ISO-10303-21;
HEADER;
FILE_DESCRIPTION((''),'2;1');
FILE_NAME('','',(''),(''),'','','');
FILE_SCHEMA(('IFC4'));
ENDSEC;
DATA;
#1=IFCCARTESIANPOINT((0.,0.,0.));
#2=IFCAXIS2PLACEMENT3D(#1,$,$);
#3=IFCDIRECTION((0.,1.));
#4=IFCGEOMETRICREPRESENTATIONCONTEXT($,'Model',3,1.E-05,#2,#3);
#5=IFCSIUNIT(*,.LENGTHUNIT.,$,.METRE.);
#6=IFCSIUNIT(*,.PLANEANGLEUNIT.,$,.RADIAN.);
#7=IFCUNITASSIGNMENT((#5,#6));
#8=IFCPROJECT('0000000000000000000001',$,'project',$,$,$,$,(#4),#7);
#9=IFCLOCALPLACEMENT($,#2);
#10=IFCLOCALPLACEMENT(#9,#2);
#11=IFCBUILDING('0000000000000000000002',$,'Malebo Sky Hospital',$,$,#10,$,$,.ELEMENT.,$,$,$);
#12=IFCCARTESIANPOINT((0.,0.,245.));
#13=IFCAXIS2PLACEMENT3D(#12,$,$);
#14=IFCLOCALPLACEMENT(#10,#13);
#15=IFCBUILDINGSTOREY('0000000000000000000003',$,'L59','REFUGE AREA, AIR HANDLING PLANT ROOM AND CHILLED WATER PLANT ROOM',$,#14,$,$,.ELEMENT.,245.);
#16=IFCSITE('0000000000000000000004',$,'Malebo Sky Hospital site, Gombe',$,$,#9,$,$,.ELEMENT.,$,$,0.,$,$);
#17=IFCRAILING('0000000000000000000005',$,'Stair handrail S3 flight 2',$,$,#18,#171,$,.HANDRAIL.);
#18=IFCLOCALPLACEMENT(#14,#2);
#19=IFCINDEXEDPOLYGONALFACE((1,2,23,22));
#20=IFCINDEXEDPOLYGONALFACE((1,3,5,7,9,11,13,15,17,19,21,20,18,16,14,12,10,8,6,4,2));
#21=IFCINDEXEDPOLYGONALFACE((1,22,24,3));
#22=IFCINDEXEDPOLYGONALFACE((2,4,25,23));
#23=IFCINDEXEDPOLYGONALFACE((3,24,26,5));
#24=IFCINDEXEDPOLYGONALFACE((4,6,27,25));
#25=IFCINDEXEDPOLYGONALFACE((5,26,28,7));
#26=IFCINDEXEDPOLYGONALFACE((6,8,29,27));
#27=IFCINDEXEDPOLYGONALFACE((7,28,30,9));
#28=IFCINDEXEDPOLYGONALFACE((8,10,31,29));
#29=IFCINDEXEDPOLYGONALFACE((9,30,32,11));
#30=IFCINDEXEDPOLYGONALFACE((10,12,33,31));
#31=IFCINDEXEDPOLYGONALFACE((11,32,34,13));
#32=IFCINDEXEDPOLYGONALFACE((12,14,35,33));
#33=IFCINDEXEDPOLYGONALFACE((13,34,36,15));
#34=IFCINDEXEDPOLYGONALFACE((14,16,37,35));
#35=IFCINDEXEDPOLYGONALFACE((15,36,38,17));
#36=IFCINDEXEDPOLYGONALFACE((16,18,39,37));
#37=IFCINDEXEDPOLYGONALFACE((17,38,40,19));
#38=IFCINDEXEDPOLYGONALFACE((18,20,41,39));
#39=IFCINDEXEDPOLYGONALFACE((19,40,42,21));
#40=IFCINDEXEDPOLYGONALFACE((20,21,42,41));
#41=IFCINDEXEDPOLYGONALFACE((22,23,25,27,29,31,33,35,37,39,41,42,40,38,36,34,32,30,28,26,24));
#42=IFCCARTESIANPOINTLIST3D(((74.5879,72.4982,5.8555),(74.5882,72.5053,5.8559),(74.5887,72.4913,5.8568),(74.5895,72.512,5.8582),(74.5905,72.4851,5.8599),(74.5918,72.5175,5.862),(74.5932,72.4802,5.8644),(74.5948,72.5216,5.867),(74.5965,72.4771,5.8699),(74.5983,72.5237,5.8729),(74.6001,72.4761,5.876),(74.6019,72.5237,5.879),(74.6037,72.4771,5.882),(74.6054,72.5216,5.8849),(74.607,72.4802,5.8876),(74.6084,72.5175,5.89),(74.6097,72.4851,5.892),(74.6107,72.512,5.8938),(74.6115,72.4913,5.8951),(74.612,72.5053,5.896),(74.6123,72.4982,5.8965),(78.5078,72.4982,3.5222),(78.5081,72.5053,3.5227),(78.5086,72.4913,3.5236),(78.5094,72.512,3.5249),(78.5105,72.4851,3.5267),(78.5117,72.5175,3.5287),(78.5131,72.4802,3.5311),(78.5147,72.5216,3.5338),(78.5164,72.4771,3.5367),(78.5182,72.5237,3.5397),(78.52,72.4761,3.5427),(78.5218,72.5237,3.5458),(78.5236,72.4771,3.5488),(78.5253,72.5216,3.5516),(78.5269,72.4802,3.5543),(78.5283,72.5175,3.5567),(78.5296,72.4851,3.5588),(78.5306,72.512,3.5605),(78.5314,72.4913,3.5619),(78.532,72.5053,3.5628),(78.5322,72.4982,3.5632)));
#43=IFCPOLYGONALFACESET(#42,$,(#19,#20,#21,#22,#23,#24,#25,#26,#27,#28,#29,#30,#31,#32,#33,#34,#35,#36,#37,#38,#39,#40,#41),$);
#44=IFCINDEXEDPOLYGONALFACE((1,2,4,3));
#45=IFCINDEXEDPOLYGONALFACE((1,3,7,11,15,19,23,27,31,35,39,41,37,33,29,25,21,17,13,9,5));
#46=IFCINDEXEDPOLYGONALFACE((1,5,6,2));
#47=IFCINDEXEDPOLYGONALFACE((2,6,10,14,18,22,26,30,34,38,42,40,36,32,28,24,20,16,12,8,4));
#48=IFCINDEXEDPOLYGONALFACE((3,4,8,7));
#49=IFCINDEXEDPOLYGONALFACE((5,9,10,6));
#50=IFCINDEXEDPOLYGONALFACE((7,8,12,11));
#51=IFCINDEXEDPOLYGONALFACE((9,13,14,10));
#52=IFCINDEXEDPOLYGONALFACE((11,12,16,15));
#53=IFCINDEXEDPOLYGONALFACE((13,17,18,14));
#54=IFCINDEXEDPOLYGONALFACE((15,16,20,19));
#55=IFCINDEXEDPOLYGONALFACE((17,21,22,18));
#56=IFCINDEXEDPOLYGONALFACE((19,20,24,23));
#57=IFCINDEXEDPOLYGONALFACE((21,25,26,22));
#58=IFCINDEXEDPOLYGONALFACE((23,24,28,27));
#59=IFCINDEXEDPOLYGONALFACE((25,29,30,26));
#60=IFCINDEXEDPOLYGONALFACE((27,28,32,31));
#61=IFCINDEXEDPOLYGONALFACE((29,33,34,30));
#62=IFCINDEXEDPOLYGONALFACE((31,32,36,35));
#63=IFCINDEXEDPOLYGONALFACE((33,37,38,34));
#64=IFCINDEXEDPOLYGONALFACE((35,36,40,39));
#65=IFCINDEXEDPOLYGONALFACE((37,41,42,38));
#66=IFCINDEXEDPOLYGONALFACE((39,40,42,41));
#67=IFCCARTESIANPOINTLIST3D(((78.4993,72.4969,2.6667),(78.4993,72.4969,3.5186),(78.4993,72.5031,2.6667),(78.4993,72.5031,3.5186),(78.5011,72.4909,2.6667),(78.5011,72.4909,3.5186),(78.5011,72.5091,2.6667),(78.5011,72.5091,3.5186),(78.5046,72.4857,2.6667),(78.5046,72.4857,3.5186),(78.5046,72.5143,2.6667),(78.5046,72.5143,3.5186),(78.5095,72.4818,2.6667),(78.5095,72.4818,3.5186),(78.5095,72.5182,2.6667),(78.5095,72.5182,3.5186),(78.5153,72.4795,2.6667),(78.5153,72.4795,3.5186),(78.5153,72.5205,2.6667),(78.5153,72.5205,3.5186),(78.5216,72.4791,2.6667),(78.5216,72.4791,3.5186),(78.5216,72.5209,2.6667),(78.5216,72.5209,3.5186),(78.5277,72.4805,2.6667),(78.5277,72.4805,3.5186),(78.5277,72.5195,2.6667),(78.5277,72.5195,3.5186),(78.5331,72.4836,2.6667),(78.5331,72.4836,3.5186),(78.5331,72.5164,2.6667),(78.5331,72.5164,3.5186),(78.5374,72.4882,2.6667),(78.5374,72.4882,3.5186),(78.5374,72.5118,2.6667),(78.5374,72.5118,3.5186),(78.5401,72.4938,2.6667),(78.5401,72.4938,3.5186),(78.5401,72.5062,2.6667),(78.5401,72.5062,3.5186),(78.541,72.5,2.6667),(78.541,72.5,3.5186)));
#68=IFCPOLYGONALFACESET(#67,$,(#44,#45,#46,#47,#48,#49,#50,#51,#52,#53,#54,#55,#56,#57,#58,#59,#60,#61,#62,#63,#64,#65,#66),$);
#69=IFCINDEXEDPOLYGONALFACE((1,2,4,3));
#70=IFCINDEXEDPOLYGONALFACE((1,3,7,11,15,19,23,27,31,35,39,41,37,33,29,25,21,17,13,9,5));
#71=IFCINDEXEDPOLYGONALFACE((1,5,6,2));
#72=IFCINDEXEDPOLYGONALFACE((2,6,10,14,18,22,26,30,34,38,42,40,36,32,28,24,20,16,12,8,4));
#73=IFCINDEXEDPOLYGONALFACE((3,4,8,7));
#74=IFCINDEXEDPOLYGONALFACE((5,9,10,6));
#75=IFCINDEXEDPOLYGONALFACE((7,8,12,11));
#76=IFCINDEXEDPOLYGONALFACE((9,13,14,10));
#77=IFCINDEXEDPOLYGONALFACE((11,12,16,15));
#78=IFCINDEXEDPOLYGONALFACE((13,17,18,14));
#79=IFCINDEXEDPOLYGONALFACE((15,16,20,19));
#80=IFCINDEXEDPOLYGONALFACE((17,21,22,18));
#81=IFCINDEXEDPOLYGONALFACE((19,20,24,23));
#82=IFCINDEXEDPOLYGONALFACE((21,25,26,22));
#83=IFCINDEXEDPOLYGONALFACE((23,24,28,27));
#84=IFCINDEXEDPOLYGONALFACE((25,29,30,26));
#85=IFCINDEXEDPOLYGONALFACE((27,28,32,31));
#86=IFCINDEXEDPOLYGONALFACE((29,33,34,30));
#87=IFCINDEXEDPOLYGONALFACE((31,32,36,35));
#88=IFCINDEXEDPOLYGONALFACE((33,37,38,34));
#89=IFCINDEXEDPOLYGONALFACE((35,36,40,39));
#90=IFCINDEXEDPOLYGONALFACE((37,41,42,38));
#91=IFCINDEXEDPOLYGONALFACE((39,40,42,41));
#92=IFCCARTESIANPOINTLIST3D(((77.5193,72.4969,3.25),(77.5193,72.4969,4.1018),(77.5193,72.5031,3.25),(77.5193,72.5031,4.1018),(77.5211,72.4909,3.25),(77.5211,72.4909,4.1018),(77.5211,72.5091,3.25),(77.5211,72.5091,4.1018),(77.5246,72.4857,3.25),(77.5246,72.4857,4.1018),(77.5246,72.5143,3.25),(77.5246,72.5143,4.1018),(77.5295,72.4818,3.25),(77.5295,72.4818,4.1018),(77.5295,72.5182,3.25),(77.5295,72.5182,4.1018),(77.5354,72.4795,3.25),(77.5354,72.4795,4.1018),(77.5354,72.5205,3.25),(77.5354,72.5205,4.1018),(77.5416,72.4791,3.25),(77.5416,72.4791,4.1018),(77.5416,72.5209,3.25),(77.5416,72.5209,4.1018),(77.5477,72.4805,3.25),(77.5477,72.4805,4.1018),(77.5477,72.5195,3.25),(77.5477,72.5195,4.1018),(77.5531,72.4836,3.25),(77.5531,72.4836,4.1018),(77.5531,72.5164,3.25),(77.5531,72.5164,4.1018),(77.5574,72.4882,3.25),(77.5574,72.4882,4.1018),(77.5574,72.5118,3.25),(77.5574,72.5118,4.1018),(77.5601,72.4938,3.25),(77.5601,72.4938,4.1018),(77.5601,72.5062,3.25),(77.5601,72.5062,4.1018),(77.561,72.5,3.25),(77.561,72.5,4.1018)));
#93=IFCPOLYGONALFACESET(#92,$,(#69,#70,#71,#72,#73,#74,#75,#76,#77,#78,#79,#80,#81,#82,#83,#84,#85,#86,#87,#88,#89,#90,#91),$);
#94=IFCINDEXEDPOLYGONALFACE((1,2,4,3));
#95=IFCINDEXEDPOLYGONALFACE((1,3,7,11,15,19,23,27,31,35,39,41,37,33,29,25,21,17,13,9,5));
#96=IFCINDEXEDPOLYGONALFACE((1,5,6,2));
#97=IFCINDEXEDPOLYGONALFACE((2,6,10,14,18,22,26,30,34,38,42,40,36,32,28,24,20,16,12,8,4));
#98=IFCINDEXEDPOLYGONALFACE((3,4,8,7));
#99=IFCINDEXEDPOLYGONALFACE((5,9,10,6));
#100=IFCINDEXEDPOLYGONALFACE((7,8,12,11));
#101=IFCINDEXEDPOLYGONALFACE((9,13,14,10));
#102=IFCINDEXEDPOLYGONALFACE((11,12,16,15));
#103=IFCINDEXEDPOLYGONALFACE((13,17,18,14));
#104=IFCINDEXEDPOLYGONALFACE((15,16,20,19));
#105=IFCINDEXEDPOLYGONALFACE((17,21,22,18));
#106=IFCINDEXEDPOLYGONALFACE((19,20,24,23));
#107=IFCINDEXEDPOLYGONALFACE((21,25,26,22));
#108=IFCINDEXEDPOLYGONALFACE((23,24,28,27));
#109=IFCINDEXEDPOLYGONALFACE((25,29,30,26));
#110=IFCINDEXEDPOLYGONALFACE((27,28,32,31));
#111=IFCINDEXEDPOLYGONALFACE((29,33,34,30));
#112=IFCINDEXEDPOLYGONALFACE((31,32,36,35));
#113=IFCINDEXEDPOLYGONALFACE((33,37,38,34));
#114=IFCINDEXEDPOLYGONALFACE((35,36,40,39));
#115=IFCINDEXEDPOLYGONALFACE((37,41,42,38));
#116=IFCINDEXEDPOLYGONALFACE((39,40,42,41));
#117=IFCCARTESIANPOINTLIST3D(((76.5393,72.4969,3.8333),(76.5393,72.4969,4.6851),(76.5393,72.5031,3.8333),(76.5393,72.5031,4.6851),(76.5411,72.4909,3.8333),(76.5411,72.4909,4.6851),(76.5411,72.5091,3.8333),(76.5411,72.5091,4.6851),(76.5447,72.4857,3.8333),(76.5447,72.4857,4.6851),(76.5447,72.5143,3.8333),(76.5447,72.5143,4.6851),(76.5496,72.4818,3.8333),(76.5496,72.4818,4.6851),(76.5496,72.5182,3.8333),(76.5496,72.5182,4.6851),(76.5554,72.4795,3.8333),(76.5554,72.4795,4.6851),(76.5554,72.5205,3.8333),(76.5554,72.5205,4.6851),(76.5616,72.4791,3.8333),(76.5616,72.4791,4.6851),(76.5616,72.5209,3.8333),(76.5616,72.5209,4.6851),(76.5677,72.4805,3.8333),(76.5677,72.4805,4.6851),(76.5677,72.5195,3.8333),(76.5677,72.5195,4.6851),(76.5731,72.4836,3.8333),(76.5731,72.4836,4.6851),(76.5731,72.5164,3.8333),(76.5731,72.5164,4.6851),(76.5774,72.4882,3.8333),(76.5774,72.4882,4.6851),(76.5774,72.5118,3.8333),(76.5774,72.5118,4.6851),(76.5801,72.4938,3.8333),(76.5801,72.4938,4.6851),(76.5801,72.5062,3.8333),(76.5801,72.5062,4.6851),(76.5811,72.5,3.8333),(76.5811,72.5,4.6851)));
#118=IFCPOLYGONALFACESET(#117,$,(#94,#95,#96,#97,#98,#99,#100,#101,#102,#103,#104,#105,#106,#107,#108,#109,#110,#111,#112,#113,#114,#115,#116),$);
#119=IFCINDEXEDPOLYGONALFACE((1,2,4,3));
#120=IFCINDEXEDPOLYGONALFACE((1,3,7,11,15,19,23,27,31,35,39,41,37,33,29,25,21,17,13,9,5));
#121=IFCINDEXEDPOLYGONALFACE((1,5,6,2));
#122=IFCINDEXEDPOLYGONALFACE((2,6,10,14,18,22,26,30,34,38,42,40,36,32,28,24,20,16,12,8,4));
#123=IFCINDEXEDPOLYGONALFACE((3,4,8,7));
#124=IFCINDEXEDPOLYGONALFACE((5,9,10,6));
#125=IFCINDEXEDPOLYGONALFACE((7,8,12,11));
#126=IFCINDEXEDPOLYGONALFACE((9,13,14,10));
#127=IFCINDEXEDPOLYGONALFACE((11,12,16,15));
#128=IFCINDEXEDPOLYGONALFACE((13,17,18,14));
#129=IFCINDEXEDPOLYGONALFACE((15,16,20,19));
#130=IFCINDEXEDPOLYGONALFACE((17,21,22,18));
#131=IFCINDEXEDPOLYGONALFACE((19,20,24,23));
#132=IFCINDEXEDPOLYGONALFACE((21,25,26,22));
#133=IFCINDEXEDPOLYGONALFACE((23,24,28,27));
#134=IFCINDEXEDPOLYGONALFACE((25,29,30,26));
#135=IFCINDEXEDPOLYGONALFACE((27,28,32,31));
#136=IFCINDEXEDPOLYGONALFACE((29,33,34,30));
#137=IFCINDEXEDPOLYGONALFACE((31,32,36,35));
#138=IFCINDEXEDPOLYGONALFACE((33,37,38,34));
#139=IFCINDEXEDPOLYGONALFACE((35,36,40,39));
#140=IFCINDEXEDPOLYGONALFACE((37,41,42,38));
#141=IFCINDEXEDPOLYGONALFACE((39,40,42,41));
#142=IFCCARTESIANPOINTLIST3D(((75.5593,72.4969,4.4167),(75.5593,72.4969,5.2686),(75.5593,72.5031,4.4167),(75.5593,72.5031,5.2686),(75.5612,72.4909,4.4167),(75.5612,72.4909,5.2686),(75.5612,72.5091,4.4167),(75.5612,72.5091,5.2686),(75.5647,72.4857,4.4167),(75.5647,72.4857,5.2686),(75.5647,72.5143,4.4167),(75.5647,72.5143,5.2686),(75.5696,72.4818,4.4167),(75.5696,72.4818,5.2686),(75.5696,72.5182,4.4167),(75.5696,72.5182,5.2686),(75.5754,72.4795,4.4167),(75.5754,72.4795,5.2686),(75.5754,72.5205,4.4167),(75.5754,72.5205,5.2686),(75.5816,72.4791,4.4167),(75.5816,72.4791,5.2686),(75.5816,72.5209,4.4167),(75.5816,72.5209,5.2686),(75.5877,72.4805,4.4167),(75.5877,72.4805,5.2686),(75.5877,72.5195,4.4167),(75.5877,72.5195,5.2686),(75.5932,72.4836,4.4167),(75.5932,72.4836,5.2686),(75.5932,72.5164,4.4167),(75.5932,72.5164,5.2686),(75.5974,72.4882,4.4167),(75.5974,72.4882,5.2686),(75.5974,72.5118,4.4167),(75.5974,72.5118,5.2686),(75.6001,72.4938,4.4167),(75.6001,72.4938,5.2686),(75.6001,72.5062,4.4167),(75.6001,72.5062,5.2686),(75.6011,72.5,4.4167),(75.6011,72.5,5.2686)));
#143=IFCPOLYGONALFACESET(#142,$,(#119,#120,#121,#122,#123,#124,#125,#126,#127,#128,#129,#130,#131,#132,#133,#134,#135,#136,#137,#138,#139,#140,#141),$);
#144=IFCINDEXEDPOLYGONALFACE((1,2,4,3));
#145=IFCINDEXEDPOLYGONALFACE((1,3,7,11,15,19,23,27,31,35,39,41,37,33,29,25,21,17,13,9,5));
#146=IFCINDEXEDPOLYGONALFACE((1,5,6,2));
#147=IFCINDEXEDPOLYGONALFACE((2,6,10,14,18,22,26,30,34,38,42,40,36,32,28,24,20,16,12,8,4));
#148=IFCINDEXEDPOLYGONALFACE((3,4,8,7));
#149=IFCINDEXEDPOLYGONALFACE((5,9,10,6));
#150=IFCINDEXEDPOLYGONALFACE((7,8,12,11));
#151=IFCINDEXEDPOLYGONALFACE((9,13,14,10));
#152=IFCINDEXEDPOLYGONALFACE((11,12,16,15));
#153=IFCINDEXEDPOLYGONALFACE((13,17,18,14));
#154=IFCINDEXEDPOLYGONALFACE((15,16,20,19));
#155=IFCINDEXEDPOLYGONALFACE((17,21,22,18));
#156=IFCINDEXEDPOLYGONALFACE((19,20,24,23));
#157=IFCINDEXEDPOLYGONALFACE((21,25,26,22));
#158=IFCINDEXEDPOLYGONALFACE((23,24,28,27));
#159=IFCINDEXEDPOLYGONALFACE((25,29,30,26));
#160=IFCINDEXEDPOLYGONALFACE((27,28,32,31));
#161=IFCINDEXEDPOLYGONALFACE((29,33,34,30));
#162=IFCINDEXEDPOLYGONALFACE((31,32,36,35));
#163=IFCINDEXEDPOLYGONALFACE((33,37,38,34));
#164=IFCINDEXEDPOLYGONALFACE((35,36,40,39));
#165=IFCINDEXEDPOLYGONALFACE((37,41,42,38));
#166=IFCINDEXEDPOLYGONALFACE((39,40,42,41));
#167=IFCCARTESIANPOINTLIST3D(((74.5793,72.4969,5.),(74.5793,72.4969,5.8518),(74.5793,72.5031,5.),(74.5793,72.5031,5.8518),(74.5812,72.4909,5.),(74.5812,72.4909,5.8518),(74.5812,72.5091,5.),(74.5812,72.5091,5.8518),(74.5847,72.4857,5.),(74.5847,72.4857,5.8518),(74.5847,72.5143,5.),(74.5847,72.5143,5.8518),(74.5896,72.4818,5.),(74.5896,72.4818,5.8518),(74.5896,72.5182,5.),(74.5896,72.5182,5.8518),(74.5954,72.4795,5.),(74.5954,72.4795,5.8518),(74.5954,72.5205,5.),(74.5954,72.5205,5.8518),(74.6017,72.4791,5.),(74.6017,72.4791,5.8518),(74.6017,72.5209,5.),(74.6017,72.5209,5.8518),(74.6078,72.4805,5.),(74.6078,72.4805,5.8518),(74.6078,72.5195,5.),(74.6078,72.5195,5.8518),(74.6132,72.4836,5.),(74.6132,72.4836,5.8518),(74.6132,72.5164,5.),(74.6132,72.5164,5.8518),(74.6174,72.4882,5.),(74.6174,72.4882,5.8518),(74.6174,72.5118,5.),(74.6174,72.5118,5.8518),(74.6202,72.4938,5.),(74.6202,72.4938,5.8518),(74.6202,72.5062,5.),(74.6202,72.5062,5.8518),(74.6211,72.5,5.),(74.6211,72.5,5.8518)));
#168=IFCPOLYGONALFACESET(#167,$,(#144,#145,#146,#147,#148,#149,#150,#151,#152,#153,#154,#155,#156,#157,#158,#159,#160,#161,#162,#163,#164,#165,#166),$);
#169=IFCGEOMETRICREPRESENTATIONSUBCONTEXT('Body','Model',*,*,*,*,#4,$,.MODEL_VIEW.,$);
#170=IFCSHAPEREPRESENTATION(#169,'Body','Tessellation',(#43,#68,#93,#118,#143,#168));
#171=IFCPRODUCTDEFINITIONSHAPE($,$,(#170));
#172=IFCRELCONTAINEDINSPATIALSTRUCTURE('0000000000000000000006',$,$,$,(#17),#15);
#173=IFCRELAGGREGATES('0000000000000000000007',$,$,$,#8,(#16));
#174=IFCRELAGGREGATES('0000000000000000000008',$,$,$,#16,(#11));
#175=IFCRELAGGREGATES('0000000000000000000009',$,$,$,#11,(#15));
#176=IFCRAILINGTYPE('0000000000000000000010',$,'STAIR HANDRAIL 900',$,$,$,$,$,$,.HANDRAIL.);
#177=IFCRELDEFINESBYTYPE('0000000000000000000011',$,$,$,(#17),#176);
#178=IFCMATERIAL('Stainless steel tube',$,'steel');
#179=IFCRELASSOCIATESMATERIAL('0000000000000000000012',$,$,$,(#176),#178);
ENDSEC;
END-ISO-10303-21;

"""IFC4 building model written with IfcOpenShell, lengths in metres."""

from ifc_helpers import new_model, si_unit, direction, frame, origin, origin_2d, place, context, subcontext, project, spatial, circle, extrude, material, type_object, element, save


model = new_model("IFC4")

# Units and contexts
model_context = context("Model", 3, precision=1e-05, world=origin(), true_north=direction((0.0, 1.0)))
body_context = subcontext(model_context, "Body", "Model", "MODEL_VIEW")
ifc_project = project(units=[si_unit("LENGTHUNIT", "METRE"), si_unit("PLANEANGLEUNIT", "RADIAN")], contexts=[model_context])

# Site, building, storey
site_placement = place(None, origin())
site = spatial("IfcSite", under=ifc_project, at=site_placement, Name="Malebo Sky Hospital site, Gombe", CompositionType="ELEMENT", RefElevation=0.0)
building_placement = place(site_placement, origin())
building = spatial("IfcBuilding", under=site, at=building_placement, Name="Malebo Sky Hospital", CompositionType="ELEMENT")
storey_placement = place(building_placement, frame((0.0, 0.0, 245.0)))
storey = spatial("IfcBuildingStorey", under=building, at=storey_placement, Name="L59", Description="REFUGE AREA, AIR HANDLING PLANT ROOM AND CHILLED WATER PLANT ROOM", CompositionType="ELEMENT", Elevation=245.0)

# Railing
ifc_material_1 = material(Name="Stainless steel tube", Category="steel")
railing_type = type_object("IfcRailingType", Name="STAIR HANDRAIL 900", PredefinedType="HANDRAIL", material=ifc_material_1)
railing_placement = place(storey_placement, frame((78.52, 72.5, 2.6667)))
element("IfcRailing", 1, at=railing_placement, inside=storey, type_object=railing_type, Name="Stair handrail S3 flight 2", PredefinedType="HANDRAIL", context=body_context, shape_type="SweptSolid", body=[
    extrude(circle(Radius=0.0239, at=origin_2d()), frame((0.0, 0.0, 0.876), z_axis=(-0.859296, 0.0, 0.511478), x_axis=(0.0, -1.0, 0.0)), (0.0, 0.0, 1.0), 4.5618),
    extrude(circle(Radius=0.021, at=origin_2d()), origin(), (0.0, 0.0, 1.0), 0.8518),
    extrude(circle(Radius=0.021, at=origin_2d()), frame((-0.98, 0.0, 0.5833)), (0.0, 0.0, 1.0), 0.8518),
    extrude(circle(Radius=0.021, at=origin_2d()), frame((-1.96, 0.0, 1.1665)), (0.0, 0.0, 1.0), 0.8518),
    extrude(circle(Radius=0.021, at=origin_2d()), frame((-2.9399, 0.0, 1.75)), (0.0, 0.0, 1.0), 0.8518),
    extrude(circle(Radius=0.021, at=origin_2d()), frame((-3.9199, 0.0, 2.3333)), (0.0, 0.0, 1.0), 0.8518),
])

save(model, "model.ifc")
